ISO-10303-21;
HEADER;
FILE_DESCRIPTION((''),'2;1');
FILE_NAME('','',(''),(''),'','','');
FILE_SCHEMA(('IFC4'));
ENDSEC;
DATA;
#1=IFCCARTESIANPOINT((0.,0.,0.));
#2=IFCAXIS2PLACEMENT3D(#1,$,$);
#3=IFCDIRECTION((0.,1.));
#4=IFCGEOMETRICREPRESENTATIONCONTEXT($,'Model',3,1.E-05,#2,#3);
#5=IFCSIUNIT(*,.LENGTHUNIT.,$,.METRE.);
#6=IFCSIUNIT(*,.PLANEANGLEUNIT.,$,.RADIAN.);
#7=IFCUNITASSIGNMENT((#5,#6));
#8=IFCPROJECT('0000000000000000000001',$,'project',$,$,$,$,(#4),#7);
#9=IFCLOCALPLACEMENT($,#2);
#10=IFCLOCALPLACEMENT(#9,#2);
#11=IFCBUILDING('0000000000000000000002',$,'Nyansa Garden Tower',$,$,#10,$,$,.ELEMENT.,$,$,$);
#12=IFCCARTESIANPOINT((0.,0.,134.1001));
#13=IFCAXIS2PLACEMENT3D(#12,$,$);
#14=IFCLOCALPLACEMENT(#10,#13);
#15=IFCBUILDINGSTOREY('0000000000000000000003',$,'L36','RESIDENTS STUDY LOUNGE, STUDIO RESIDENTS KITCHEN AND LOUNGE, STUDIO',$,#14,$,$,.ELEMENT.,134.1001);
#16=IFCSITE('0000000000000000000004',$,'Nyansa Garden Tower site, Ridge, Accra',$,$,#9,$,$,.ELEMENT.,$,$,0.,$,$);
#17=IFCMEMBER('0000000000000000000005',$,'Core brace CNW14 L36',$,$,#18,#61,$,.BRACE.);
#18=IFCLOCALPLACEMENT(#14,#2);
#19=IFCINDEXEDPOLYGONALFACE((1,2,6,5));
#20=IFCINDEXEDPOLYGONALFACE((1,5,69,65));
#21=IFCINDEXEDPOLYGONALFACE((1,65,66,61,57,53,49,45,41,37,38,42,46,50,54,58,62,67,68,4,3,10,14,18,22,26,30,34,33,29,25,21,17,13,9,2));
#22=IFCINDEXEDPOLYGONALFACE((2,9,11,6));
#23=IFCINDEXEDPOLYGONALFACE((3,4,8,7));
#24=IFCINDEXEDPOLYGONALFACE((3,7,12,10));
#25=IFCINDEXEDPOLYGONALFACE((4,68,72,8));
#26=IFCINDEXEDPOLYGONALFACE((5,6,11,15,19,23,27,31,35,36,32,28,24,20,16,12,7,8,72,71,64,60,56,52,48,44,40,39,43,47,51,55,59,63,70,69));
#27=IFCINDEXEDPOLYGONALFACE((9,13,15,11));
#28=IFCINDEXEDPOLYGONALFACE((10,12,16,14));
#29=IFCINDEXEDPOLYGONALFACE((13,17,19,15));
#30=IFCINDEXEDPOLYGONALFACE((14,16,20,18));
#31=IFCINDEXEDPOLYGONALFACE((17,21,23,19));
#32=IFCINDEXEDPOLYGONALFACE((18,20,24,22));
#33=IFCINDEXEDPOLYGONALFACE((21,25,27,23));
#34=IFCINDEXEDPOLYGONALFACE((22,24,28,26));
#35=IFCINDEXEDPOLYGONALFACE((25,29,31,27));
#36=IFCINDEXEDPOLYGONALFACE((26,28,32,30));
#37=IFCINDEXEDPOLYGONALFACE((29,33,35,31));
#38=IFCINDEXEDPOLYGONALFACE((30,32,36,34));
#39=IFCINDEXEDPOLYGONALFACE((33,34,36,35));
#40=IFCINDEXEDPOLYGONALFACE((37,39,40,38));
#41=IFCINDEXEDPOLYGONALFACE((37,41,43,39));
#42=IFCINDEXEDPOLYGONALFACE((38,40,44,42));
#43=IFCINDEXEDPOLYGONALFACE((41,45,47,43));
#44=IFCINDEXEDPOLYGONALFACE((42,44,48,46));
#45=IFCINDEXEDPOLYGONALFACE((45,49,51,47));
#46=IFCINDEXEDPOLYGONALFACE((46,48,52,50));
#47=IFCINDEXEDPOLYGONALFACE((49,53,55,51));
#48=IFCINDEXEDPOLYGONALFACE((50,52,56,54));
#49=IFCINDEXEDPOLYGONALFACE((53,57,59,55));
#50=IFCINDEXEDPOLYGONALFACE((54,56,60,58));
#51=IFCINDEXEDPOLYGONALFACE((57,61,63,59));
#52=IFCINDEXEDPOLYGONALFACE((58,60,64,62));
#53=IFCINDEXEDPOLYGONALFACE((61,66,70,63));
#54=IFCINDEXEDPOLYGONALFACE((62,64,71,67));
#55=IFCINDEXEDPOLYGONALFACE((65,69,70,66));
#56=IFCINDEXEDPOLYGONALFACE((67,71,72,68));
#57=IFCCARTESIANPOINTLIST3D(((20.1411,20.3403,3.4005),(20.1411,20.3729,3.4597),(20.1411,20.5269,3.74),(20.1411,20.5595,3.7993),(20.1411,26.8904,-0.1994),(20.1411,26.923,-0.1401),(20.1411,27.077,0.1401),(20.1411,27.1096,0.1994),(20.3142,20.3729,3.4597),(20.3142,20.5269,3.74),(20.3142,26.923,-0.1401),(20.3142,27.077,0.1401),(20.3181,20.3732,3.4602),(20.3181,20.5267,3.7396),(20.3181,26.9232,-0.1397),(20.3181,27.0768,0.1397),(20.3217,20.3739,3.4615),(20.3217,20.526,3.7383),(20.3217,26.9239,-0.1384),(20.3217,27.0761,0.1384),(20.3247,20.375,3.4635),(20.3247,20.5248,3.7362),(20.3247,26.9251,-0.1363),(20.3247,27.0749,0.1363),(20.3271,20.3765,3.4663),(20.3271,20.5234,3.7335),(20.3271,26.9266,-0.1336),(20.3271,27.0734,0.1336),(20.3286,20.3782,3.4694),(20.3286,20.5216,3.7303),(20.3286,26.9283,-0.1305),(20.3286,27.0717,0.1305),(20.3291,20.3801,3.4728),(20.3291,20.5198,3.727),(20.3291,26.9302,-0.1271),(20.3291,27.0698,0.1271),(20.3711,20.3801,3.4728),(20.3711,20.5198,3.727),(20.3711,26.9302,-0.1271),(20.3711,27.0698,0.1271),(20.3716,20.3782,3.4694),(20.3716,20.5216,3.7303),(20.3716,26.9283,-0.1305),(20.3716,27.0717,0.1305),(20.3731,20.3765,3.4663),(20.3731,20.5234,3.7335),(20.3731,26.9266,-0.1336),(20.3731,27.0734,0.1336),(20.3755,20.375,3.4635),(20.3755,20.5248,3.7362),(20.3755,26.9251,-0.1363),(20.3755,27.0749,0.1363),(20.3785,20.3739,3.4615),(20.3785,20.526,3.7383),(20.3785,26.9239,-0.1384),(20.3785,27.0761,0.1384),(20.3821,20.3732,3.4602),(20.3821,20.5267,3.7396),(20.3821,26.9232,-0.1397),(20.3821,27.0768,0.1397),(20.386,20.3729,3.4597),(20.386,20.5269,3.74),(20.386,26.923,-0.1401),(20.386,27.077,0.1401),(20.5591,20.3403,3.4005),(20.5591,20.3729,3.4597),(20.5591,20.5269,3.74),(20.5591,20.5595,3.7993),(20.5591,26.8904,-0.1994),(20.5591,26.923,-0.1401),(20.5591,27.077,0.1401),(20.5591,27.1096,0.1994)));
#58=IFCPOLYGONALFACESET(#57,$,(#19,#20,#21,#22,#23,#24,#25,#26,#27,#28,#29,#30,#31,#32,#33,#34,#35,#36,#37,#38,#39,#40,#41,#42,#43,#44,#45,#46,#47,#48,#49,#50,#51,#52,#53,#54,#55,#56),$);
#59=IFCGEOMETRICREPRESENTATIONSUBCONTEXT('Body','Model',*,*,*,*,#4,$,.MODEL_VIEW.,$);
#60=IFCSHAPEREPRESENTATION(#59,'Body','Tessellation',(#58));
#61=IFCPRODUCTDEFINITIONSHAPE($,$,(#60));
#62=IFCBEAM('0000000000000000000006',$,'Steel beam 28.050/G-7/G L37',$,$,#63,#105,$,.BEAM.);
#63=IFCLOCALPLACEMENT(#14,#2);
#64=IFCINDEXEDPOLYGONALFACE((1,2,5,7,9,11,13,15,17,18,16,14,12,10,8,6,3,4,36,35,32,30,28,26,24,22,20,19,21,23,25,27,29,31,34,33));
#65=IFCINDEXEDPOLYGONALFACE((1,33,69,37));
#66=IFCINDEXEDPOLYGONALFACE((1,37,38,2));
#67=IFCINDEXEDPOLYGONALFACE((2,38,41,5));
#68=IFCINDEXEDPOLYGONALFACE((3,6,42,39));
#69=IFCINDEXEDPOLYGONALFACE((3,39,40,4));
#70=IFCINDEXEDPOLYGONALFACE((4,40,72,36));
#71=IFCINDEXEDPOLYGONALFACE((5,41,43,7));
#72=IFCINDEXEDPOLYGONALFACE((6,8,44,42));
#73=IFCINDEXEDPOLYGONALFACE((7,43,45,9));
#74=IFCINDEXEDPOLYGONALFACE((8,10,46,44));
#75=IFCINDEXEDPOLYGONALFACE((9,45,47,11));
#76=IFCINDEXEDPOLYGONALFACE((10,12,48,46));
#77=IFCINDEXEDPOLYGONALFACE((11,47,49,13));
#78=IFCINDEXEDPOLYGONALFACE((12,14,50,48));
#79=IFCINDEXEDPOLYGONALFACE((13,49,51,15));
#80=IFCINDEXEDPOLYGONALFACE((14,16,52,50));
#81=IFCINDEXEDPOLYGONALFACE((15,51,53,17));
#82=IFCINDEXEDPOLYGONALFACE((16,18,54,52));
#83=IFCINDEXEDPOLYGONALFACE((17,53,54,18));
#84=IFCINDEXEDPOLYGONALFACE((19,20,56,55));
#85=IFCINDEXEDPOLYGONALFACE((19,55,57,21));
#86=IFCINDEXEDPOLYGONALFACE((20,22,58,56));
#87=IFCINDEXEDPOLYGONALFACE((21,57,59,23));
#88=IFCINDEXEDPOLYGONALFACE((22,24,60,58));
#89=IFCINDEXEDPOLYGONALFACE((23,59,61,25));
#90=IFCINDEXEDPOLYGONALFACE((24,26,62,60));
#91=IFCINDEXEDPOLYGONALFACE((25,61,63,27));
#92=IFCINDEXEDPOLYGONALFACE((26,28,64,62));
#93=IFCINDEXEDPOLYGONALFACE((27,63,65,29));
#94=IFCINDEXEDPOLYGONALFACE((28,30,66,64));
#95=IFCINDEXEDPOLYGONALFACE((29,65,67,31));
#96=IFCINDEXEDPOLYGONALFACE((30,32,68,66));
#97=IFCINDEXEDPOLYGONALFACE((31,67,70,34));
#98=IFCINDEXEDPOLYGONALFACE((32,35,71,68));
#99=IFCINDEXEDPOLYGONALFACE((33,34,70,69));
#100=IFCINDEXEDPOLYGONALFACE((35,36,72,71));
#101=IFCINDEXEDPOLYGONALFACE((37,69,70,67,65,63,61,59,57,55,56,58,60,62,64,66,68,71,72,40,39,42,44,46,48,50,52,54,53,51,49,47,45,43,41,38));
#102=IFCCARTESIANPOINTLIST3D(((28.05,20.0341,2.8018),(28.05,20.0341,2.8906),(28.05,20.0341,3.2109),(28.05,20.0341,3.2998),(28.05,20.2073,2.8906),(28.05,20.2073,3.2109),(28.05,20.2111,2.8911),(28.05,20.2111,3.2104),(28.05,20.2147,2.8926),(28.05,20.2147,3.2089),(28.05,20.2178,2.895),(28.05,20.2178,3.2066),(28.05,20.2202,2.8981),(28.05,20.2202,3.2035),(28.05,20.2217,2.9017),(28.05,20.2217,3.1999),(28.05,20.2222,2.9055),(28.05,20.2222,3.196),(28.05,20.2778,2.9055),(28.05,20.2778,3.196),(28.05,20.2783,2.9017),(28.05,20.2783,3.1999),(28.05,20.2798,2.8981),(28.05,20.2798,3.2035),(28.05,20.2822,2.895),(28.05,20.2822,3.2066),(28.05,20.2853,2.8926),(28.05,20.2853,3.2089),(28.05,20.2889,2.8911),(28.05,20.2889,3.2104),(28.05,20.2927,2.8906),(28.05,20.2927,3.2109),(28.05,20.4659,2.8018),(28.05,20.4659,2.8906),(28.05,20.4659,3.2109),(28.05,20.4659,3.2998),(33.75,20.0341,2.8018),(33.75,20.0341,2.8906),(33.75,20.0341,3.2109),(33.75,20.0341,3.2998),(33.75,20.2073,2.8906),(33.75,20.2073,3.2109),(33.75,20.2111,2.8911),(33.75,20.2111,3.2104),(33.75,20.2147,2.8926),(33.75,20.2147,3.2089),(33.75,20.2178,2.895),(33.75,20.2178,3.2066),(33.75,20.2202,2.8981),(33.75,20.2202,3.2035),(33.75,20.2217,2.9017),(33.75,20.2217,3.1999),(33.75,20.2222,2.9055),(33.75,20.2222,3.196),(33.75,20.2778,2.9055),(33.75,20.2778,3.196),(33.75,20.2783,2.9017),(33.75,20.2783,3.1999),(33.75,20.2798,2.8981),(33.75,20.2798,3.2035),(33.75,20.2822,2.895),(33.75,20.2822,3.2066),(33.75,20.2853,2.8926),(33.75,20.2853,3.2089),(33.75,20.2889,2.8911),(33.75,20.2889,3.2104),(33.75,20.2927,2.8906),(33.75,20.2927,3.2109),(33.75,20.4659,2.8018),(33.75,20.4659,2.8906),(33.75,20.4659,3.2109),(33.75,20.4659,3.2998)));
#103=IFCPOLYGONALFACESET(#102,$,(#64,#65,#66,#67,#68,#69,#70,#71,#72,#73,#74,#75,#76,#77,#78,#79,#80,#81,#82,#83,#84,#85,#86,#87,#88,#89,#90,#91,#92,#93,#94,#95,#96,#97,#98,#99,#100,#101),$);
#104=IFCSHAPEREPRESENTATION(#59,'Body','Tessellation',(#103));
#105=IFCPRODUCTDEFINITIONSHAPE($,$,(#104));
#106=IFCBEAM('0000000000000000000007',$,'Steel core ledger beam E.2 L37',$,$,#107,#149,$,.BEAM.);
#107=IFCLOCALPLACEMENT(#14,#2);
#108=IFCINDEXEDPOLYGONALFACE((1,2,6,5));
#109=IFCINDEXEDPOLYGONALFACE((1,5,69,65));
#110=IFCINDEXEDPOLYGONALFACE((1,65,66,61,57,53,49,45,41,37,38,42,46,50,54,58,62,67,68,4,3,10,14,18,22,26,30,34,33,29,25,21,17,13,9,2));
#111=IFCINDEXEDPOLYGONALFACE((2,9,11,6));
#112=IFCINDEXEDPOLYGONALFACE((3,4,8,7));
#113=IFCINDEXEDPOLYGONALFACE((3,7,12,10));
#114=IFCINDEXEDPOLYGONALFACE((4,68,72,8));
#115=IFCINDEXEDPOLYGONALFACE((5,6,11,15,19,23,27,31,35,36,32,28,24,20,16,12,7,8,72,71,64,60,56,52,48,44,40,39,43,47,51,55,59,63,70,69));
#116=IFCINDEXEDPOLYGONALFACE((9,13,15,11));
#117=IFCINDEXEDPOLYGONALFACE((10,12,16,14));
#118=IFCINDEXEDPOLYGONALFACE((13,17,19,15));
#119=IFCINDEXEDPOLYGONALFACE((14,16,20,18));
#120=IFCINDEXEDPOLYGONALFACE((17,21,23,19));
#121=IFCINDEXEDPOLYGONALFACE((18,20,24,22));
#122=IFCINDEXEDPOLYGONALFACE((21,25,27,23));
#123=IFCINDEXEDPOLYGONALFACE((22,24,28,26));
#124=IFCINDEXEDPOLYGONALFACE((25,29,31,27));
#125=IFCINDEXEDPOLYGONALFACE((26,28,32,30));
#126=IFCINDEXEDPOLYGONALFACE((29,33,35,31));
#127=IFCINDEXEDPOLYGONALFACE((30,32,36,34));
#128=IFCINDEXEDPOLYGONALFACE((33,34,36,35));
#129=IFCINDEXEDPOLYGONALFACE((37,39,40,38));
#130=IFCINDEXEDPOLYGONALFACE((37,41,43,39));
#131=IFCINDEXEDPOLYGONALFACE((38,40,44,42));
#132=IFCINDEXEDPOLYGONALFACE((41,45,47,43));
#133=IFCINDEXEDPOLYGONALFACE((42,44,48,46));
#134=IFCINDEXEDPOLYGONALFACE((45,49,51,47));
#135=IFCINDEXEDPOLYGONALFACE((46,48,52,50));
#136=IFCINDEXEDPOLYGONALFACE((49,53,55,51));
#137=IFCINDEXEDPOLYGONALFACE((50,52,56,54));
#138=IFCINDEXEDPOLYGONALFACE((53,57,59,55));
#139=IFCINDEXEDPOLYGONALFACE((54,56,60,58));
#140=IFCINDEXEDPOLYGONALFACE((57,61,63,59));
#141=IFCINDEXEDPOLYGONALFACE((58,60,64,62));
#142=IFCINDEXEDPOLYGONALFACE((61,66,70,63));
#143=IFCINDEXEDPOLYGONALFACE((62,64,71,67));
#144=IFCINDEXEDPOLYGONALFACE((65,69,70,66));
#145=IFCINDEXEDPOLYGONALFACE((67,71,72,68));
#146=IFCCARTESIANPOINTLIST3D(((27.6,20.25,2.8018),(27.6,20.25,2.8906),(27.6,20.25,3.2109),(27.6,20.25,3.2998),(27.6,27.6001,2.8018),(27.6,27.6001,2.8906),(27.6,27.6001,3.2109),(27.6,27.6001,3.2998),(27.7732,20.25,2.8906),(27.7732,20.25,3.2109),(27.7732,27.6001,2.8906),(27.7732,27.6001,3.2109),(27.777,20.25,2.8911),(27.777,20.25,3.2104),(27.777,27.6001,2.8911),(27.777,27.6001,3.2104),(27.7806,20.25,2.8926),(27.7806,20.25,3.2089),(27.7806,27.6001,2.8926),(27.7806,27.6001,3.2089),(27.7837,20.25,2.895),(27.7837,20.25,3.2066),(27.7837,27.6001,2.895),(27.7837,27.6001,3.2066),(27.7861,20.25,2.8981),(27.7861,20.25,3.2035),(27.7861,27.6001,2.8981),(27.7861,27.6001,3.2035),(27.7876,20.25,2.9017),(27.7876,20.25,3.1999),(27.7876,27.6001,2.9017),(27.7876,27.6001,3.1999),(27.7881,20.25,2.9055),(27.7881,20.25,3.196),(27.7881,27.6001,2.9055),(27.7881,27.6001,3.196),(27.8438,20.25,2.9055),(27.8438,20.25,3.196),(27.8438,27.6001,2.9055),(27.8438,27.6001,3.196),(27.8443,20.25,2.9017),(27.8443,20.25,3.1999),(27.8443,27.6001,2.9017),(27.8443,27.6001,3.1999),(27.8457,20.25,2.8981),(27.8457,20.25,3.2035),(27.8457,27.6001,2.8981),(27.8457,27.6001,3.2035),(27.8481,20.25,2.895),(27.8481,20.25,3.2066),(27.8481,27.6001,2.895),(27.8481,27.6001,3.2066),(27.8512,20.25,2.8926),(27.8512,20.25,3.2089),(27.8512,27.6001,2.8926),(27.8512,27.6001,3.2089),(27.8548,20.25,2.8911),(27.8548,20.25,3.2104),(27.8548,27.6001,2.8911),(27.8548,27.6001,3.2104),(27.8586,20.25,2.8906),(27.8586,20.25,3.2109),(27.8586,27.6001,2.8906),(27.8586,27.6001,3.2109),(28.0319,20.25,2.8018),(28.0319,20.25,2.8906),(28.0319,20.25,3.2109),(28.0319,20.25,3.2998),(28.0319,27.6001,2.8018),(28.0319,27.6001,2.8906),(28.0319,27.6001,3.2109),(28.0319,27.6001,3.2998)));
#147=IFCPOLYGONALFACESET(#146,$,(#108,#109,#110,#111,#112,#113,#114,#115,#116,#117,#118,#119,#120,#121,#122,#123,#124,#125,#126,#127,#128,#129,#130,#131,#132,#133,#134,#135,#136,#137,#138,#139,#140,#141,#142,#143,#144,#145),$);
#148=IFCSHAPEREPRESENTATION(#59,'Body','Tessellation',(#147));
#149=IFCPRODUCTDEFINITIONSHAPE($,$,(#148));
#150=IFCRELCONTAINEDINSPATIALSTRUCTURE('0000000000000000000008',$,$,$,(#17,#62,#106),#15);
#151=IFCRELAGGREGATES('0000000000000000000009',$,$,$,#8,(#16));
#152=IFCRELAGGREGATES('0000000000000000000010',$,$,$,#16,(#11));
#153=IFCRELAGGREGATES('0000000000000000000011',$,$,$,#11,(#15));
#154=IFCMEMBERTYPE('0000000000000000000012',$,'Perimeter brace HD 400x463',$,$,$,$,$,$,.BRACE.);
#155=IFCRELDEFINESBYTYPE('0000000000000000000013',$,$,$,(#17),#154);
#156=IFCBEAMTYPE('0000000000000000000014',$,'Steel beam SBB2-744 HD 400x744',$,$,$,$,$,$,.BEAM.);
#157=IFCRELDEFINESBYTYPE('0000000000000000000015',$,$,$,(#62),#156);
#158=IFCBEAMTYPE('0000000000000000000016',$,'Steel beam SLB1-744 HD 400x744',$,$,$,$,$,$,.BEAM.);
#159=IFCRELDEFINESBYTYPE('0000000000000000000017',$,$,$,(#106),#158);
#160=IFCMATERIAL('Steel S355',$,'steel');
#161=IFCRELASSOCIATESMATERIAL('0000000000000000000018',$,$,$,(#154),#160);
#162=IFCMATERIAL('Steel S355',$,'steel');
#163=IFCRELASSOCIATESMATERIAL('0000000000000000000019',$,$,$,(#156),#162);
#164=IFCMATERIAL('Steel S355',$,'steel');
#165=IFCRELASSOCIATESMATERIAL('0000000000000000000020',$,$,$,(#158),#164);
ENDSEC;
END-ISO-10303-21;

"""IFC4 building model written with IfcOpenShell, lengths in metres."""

from ifc_helpers import new_model, si_unit, direction, frame, origin, origin_2d, place, context, subcontext, project, spatial, i_section, extrude, material, material_profile, profile_set, type_object, element, save


model = new_model("IFC4")

# Units and contexts
model_context = context("Model", 3, precision=1e-05, world=origin(), true_north=direction((0.0, 1.0)))
body_context = subcontext(model_context, "Body", "Model", "MODEL_VIEW")
ifc_project = project(units=[si_unit("LENGTHUNIT", "METRE"), si_unit("PLANEANGLEUNIT", "RADIAN")], contexts=[model_context])

# Site, building, storey
site_placement = place(None, origin())
site = spatial("IfcSite", under=ifc_project, at=site_placement, Name="Nyansa Garden Tower site, Ridge, Accra", CompositionType="ELEMENT", RefElevation=0.0)
building_placement = place(site_placement, origin())
building = spatial("IfcBuilding", under=site, at=building_placement, Name="Nyansa Garden Tower", CompositionType="ELEMENT")
storey_placement = place(building_placement, frame((0.0, 0.0, 134.1001)))
storey = spatial("IfcBuildingStorey", under=building, at=storey_placement, Name="L36", Description="RESIDENTS STUDY LOUNGE, STUDIO RESIDENTS KITCHEN AND LOUNGE, STUDIO", CompositionType="ELEMENT", Elevation=134.1001)

# Member
ifc_material_1 = material(Name="Steel S355", Category="steel")
ifc_material_profile_1 = material_profile(ifc_material_1, i_section(OverallWidth=0.418, OverallDepth=0.4551, WebThickness=0.042, FlangeThickness=0.0676, FilletRadius=0.0149, at=origin_2d()), Name="HD 400x463")
ifc_profile_set_1 = profile_set([ifc_material_profile_1], Name="Steel S355")
member_type = type_object("IfcMemberType", Name="Perimeter brace HD 400x463", PredefinedType="BRACE", material=ifc_profile_set_1)
member_1_placement = place(storey_placement, frame((20.3501, 27.0, 0.0), z_axis=(0.0, -0.876367, 0.481644), x_axis=(1.0, 0.0, 0.0)))
element("IfcMember", 1, at=member_1_placement, inside=storey, type_object=member_type, Name="Core brace CNW14 L36", PredefinedType="BRACE", context=body_context, shape_type="SweptSolid", body=[
    extrude(i_section(OverallWidth=0.418, OverallDepth=0.4551, WebThickness=0.042, FlangeThickness=0.0676, FilletRadius=0.0149, at=origin_2d()), origin(), (0.0, 0.0, 1.0), 7.4741),
])

# Beams
ifc_material_2 = material(Name="Steel S355", Category="steel")
ifc_material_profile_2 = material_profile(ifc_material_2, i_section(OverallWidth=0.4319, OverallDepth=0.498, WebThickness=0.0557, FlangeThickness=0.0889, FilletRadius=0.0149, at=origin_2d()), Name="HD 400x744")
ifc_profile_set_2 = profile_set([ifc_material_profile_2], Name="Steel S355")
beam_type_1 = type_object("IfcBeamType", Name="Steel beam SBB2-744 HD 400x744", PredefinedType="BEAM", material=ifc_profile_set_2)
beam_1_placement = place(storey_placement, frame((28.05, 20.25, 3.0508), z_axis=(1.0, 0.0, 0.0), x_axis=(0.0, 1.0, 0.0)))
element("IfcBeam", 2, at=beam_1_placement, inside=storey, type_object=beam_type_1, Name="Steel beam 28.050/G-7/G L37", PredefinedType="BEAM", context=body_context, shape_type="SweptSolid", body=[
    extrude(i_section(OverallWidth=0.4319, OverallDepth=0.498, WebThickness=0.0557, FlangeThickness=0.0889, FilletRadius=0.0149, at=origin_2d()), origin(), (0.0, 0.0, 1.0), 5.7),
])
ifc_material_3 = material(Name="Steel S355", Category="steel")
ifc_material_profile_3 = material_profile(ifc_material_3, i_section(OverallWidth=0.4319, OverallDepth=0.498, WebThickness=0.0557, FlangeThickness=0.0889, FilletRadius=0.0149, at=origin_2d()), Name="HD 400x744")
ifc_profile_set_3 = profile_set([ifc_material_profile_3], Name="Steel S355")
beam_type_2 = type_object("IfcBeamType", Name="Steel beam SLB1-744 HD 400x744", PredefinedType="BEAM", material=ifc_profile_set_3)
beam_2_placement = place(storey_placement, frame((27.8159, 20.25, 3.0508), z_axis=(0.0, 1.0, 0.0), x_axis=(-1.0, 0.0, 0.0)))
element("IfcBeam", 3, at=beam_2_placement, inside=storey, type_object=beam_type_2, Name="Steel core ledger beam E.2 L37", PredefinedType="BEAM", context=body_context, shape_type="SweptSolid", body=[
    extrude(i_section(OverallWidth=0.4319, OverallDepth=0.498, WebThickness=0.0557, FlangeThickness=0.0889, FilletRadius=0.0149, at=origin_2d()), origin(), (0.0, 0.0, 1.0), 7.3501),
])

save(model, "model.ifc")
